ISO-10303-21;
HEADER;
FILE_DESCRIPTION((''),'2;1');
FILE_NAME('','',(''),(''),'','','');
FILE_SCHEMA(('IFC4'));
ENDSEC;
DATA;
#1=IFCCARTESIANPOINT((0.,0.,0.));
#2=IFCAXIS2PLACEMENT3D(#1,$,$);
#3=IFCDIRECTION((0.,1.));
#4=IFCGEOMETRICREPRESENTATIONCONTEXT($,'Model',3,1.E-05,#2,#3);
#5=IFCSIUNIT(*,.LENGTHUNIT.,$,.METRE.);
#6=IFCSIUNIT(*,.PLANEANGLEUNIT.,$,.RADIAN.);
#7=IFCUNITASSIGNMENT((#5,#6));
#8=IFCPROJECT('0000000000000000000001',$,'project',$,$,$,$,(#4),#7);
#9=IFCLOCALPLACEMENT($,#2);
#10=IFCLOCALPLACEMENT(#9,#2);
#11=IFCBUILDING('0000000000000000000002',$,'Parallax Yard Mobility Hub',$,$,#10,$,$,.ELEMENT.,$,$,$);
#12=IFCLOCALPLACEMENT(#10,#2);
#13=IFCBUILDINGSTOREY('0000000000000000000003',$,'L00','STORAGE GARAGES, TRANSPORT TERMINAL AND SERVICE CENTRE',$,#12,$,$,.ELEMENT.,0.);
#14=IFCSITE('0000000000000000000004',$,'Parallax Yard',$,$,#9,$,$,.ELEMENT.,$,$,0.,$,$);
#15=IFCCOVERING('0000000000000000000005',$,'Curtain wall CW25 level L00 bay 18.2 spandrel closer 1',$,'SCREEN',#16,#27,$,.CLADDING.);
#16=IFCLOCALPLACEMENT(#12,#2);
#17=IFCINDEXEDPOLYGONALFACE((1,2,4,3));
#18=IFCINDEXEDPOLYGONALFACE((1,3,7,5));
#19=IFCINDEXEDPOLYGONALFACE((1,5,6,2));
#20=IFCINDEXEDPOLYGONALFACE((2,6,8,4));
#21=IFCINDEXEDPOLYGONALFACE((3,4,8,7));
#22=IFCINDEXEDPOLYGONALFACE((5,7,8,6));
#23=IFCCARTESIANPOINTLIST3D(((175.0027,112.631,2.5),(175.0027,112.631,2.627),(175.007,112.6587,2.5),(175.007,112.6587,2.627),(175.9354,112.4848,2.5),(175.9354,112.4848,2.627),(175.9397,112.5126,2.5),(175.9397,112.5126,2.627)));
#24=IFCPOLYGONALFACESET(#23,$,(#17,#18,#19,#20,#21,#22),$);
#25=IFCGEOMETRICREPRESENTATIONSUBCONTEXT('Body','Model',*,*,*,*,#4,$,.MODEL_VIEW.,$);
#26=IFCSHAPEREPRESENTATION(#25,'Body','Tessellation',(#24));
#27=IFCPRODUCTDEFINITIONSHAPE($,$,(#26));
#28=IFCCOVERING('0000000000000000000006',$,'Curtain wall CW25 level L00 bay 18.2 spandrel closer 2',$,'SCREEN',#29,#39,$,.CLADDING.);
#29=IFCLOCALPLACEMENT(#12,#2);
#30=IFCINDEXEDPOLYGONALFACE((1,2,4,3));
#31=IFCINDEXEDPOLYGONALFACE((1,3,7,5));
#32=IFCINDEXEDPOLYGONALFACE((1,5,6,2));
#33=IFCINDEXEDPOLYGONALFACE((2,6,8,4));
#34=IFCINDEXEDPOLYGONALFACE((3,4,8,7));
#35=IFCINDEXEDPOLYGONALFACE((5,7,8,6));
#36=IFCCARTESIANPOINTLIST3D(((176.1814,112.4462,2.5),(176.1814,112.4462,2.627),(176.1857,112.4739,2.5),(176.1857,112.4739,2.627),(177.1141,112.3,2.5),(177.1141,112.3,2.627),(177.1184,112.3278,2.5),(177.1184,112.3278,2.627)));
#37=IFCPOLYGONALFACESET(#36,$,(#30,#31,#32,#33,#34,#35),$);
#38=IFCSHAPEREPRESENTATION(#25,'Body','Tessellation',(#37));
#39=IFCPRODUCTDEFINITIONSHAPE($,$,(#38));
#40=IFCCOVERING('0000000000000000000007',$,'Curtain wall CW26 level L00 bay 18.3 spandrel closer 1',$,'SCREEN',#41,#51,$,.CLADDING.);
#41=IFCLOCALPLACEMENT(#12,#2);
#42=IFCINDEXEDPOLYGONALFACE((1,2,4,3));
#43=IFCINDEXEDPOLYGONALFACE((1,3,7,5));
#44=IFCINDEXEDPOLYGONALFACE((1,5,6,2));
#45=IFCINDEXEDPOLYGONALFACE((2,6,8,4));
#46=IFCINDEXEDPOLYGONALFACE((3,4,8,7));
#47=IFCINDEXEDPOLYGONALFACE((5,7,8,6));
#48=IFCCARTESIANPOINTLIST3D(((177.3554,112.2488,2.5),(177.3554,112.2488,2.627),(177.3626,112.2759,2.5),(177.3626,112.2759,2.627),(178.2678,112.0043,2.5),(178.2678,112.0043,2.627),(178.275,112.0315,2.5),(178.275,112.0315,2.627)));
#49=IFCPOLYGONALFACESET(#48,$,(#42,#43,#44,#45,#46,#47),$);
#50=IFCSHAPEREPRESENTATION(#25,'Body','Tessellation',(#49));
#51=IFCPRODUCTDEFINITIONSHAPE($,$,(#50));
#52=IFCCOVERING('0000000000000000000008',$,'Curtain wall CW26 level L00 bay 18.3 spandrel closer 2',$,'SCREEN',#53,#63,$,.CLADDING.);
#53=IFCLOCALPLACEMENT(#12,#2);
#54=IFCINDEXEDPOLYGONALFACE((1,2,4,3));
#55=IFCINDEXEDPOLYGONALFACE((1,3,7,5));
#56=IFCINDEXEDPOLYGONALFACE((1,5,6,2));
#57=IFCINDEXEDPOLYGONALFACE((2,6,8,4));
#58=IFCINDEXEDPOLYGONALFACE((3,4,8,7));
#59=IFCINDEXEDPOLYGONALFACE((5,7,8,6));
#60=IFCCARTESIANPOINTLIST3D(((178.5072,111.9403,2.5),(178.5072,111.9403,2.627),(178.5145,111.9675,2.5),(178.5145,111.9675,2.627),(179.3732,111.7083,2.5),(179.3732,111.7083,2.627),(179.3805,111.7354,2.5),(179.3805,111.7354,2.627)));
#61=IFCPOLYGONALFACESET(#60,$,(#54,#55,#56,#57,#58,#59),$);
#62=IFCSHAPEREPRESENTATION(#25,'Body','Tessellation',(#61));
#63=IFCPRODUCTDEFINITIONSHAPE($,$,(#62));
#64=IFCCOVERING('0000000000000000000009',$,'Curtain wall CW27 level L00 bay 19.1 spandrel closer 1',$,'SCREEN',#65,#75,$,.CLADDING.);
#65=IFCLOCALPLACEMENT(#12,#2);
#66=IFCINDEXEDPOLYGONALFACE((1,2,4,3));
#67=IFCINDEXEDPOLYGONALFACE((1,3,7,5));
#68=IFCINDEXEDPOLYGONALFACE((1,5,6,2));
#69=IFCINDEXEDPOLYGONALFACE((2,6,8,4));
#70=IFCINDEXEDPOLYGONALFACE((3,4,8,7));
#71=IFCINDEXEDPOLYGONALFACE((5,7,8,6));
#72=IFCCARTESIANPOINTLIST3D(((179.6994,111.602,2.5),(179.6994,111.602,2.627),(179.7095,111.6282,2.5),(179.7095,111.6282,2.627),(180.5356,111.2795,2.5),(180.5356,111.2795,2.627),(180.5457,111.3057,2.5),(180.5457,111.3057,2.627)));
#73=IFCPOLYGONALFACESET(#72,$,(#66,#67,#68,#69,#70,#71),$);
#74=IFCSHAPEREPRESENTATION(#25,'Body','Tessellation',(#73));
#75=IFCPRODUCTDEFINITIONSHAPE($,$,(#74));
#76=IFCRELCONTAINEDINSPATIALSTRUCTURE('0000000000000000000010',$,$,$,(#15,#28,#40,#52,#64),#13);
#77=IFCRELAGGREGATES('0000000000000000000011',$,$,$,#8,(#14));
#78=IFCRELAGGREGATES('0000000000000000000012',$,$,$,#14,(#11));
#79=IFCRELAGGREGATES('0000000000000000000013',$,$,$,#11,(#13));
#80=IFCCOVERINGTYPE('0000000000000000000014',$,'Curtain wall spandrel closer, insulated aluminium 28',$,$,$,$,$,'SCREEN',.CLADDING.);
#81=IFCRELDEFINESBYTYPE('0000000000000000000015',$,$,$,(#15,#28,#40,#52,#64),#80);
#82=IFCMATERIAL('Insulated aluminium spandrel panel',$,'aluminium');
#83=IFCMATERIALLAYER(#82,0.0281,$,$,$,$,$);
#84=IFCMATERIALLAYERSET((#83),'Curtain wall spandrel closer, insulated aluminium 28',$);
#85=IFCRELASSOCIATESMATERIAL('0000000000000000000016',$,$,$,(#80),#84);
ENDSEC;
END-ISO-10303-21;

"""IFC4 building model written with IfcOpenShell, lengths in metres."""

from ifc_helpers import new_model, si_unit, direction, frame, origin, origin_2d, place, context, subcontext, project, spatial, rectangle, extrude, material, layer, layer_set, type_object, element, save


model = new_model("IFC4")

# Units and contexts
model_context = context("Model", 3, precision=1e-05, world=origin(), true_north=direction((0.0, 1.0)))
body_context = subcontext(model_context, "Body", "Model", "MODEL_VIEW")
ifc_project = project(units=[si_unit("LENGTHUNIT", "METRE"), si_unit("PLANEANGLEUNIT", "RADIAN")], contexts=[model_context])

# Site, building, storey
site_placement = place(None, origin())
site = spatial("IfcSite", under=ifc_project, at=site_placement, Name="Parallax Yard", CompositionType="ELEMENT", RefElevation=0.0)
building_placement = place(site_placement, origin())
building = spatial("IfcBuilding", under=site, at=building_placement, Name="Parallax Yard Mobility Hub", CompositionType="ELEMENT")
storey_placement = place(building_placement, origin())
storey = spatial("IfcBuildingStorey", under=building, at=storey_placement, Name="L00", Description="STORAGE GARAGES, TRANSPORT TERMINAL AND SERVICE CENTRE", CompositionType="ELEMENT", Elevation=0.0)

# Coverings
ifc_material_1 = material(Name="Insulated aluminium spandrel panel", Category="aluminium")
ifc_layer_1 = layer(ifc_material_1, 0.0281)
ifc_layer_set_1 = layer_set([ifc_layer_1], Name="Curtain wall spandrel closer, insulated aluminium 28")
covering_type = type_object("IfcCoveringType", Name="Curtain wall spandrel closer, insulated aluminium 28", ElementType="SCREEN", PredefinedType="CLADDING", material=ifc_layer_set_1)
for number, where, z_axis, x_axis, name in (
    (1, (175.4712, 112.5718, 2.5), (0.0, 0.0, 1.0), (0.987944, -0.154809, 0.0), "Curtain wall CW25 level L00 bay 18.2 spandrel closer 1"),
    (2, (176.6499, 112.387, 2.5), (0.0, 0.0, 1.0), (0.987944, -0.154809, 0.0), "Curtain wall CW25 level L00 bay 18.2 spandrel closer 2"),
):
    element("IfcCovering", number, at=place(storey_placement, frame(where, z_axis=z_axis, x_axis=x_axis)), inside=storey, type_object=covering_type, Name=name, ObjectType="SCREEN", PredefinedType="CLADDING", context=body_context, shape_type="SweptSolid", body=[
        extrude(rectangle(XDim=0.9441, YDim=0.0281, at=origin_2d()), origin(), (0.0, 0.0, 1.0), 0.127),
    ])
covering_1_placement = place(storey_placement, frame((177.8152, 112.1401, 2.5), z_axis=(0.0, 0.0, 1.0), x_axis=(0.965928, -0.258812, 0.0)))
element("IfcCovering", 3, at=covering_1_placement, inside=storey, type_object=covering_type, Name="Curtain wall CW26 level L00 bay 18.3 spandrel closer 1", ObjectType="SCREEN", PredefinedType="CLADDING", context=body_context, shape_type="SweptSolid", body=[
    extrude(rectangle(XDim=0.9446, YDim=0.0281, at=origin_2d()), origin(), (0.0, 0.0, 1.0), 0.127),
])
covering_2_placement = place(storey_placement, frame((178.9438, 111.8379, 2.5), z_axis=(0.0, 0.0, 1.0), x_axis=(0.965928, -0.258812, 0.0)))
element("IfcCovering", 4, at=covering_2_placement, inside=storey, type_object=covering_type, Name="Curtain wall CW26 level L00 bay 18.3 spandrel closer 2", ObjectType="SCREEN", PredefinedType="CLADDING", context=body_context, shape_type="SweptSolid", body=[
    extrude(rectangle(XDim=0.8965, YDim=0.0281, at=origin_2d()), origin(), (0.0, 0.0, 1.0), 0.127),
])
covering_3_placement = place(storey_placement, frame((180.1226, 111.4539, 2.5), z_axis=(0.0, 0.0, 1.0), x_axis=(0.932997, -0.359884, 0.0)))
element("IfcCovering", 5, at=covering_3_placement, inside=storey, type_object=covering_type, Name="Curtain wall CW27 level L00 bay 19.1 spandrel closer 1", ObjectType="SCREEN", PredefinedType="CLADDING", context=body_context, shape_type="SweptSolid", body=[
    extrude(rectangle(XDim=0.8962, YDim=0.0281, at=origin_2d()), origin(), (0.0, 0.0, 1.0), 0.127),
])

save(model, "model.ifc")
